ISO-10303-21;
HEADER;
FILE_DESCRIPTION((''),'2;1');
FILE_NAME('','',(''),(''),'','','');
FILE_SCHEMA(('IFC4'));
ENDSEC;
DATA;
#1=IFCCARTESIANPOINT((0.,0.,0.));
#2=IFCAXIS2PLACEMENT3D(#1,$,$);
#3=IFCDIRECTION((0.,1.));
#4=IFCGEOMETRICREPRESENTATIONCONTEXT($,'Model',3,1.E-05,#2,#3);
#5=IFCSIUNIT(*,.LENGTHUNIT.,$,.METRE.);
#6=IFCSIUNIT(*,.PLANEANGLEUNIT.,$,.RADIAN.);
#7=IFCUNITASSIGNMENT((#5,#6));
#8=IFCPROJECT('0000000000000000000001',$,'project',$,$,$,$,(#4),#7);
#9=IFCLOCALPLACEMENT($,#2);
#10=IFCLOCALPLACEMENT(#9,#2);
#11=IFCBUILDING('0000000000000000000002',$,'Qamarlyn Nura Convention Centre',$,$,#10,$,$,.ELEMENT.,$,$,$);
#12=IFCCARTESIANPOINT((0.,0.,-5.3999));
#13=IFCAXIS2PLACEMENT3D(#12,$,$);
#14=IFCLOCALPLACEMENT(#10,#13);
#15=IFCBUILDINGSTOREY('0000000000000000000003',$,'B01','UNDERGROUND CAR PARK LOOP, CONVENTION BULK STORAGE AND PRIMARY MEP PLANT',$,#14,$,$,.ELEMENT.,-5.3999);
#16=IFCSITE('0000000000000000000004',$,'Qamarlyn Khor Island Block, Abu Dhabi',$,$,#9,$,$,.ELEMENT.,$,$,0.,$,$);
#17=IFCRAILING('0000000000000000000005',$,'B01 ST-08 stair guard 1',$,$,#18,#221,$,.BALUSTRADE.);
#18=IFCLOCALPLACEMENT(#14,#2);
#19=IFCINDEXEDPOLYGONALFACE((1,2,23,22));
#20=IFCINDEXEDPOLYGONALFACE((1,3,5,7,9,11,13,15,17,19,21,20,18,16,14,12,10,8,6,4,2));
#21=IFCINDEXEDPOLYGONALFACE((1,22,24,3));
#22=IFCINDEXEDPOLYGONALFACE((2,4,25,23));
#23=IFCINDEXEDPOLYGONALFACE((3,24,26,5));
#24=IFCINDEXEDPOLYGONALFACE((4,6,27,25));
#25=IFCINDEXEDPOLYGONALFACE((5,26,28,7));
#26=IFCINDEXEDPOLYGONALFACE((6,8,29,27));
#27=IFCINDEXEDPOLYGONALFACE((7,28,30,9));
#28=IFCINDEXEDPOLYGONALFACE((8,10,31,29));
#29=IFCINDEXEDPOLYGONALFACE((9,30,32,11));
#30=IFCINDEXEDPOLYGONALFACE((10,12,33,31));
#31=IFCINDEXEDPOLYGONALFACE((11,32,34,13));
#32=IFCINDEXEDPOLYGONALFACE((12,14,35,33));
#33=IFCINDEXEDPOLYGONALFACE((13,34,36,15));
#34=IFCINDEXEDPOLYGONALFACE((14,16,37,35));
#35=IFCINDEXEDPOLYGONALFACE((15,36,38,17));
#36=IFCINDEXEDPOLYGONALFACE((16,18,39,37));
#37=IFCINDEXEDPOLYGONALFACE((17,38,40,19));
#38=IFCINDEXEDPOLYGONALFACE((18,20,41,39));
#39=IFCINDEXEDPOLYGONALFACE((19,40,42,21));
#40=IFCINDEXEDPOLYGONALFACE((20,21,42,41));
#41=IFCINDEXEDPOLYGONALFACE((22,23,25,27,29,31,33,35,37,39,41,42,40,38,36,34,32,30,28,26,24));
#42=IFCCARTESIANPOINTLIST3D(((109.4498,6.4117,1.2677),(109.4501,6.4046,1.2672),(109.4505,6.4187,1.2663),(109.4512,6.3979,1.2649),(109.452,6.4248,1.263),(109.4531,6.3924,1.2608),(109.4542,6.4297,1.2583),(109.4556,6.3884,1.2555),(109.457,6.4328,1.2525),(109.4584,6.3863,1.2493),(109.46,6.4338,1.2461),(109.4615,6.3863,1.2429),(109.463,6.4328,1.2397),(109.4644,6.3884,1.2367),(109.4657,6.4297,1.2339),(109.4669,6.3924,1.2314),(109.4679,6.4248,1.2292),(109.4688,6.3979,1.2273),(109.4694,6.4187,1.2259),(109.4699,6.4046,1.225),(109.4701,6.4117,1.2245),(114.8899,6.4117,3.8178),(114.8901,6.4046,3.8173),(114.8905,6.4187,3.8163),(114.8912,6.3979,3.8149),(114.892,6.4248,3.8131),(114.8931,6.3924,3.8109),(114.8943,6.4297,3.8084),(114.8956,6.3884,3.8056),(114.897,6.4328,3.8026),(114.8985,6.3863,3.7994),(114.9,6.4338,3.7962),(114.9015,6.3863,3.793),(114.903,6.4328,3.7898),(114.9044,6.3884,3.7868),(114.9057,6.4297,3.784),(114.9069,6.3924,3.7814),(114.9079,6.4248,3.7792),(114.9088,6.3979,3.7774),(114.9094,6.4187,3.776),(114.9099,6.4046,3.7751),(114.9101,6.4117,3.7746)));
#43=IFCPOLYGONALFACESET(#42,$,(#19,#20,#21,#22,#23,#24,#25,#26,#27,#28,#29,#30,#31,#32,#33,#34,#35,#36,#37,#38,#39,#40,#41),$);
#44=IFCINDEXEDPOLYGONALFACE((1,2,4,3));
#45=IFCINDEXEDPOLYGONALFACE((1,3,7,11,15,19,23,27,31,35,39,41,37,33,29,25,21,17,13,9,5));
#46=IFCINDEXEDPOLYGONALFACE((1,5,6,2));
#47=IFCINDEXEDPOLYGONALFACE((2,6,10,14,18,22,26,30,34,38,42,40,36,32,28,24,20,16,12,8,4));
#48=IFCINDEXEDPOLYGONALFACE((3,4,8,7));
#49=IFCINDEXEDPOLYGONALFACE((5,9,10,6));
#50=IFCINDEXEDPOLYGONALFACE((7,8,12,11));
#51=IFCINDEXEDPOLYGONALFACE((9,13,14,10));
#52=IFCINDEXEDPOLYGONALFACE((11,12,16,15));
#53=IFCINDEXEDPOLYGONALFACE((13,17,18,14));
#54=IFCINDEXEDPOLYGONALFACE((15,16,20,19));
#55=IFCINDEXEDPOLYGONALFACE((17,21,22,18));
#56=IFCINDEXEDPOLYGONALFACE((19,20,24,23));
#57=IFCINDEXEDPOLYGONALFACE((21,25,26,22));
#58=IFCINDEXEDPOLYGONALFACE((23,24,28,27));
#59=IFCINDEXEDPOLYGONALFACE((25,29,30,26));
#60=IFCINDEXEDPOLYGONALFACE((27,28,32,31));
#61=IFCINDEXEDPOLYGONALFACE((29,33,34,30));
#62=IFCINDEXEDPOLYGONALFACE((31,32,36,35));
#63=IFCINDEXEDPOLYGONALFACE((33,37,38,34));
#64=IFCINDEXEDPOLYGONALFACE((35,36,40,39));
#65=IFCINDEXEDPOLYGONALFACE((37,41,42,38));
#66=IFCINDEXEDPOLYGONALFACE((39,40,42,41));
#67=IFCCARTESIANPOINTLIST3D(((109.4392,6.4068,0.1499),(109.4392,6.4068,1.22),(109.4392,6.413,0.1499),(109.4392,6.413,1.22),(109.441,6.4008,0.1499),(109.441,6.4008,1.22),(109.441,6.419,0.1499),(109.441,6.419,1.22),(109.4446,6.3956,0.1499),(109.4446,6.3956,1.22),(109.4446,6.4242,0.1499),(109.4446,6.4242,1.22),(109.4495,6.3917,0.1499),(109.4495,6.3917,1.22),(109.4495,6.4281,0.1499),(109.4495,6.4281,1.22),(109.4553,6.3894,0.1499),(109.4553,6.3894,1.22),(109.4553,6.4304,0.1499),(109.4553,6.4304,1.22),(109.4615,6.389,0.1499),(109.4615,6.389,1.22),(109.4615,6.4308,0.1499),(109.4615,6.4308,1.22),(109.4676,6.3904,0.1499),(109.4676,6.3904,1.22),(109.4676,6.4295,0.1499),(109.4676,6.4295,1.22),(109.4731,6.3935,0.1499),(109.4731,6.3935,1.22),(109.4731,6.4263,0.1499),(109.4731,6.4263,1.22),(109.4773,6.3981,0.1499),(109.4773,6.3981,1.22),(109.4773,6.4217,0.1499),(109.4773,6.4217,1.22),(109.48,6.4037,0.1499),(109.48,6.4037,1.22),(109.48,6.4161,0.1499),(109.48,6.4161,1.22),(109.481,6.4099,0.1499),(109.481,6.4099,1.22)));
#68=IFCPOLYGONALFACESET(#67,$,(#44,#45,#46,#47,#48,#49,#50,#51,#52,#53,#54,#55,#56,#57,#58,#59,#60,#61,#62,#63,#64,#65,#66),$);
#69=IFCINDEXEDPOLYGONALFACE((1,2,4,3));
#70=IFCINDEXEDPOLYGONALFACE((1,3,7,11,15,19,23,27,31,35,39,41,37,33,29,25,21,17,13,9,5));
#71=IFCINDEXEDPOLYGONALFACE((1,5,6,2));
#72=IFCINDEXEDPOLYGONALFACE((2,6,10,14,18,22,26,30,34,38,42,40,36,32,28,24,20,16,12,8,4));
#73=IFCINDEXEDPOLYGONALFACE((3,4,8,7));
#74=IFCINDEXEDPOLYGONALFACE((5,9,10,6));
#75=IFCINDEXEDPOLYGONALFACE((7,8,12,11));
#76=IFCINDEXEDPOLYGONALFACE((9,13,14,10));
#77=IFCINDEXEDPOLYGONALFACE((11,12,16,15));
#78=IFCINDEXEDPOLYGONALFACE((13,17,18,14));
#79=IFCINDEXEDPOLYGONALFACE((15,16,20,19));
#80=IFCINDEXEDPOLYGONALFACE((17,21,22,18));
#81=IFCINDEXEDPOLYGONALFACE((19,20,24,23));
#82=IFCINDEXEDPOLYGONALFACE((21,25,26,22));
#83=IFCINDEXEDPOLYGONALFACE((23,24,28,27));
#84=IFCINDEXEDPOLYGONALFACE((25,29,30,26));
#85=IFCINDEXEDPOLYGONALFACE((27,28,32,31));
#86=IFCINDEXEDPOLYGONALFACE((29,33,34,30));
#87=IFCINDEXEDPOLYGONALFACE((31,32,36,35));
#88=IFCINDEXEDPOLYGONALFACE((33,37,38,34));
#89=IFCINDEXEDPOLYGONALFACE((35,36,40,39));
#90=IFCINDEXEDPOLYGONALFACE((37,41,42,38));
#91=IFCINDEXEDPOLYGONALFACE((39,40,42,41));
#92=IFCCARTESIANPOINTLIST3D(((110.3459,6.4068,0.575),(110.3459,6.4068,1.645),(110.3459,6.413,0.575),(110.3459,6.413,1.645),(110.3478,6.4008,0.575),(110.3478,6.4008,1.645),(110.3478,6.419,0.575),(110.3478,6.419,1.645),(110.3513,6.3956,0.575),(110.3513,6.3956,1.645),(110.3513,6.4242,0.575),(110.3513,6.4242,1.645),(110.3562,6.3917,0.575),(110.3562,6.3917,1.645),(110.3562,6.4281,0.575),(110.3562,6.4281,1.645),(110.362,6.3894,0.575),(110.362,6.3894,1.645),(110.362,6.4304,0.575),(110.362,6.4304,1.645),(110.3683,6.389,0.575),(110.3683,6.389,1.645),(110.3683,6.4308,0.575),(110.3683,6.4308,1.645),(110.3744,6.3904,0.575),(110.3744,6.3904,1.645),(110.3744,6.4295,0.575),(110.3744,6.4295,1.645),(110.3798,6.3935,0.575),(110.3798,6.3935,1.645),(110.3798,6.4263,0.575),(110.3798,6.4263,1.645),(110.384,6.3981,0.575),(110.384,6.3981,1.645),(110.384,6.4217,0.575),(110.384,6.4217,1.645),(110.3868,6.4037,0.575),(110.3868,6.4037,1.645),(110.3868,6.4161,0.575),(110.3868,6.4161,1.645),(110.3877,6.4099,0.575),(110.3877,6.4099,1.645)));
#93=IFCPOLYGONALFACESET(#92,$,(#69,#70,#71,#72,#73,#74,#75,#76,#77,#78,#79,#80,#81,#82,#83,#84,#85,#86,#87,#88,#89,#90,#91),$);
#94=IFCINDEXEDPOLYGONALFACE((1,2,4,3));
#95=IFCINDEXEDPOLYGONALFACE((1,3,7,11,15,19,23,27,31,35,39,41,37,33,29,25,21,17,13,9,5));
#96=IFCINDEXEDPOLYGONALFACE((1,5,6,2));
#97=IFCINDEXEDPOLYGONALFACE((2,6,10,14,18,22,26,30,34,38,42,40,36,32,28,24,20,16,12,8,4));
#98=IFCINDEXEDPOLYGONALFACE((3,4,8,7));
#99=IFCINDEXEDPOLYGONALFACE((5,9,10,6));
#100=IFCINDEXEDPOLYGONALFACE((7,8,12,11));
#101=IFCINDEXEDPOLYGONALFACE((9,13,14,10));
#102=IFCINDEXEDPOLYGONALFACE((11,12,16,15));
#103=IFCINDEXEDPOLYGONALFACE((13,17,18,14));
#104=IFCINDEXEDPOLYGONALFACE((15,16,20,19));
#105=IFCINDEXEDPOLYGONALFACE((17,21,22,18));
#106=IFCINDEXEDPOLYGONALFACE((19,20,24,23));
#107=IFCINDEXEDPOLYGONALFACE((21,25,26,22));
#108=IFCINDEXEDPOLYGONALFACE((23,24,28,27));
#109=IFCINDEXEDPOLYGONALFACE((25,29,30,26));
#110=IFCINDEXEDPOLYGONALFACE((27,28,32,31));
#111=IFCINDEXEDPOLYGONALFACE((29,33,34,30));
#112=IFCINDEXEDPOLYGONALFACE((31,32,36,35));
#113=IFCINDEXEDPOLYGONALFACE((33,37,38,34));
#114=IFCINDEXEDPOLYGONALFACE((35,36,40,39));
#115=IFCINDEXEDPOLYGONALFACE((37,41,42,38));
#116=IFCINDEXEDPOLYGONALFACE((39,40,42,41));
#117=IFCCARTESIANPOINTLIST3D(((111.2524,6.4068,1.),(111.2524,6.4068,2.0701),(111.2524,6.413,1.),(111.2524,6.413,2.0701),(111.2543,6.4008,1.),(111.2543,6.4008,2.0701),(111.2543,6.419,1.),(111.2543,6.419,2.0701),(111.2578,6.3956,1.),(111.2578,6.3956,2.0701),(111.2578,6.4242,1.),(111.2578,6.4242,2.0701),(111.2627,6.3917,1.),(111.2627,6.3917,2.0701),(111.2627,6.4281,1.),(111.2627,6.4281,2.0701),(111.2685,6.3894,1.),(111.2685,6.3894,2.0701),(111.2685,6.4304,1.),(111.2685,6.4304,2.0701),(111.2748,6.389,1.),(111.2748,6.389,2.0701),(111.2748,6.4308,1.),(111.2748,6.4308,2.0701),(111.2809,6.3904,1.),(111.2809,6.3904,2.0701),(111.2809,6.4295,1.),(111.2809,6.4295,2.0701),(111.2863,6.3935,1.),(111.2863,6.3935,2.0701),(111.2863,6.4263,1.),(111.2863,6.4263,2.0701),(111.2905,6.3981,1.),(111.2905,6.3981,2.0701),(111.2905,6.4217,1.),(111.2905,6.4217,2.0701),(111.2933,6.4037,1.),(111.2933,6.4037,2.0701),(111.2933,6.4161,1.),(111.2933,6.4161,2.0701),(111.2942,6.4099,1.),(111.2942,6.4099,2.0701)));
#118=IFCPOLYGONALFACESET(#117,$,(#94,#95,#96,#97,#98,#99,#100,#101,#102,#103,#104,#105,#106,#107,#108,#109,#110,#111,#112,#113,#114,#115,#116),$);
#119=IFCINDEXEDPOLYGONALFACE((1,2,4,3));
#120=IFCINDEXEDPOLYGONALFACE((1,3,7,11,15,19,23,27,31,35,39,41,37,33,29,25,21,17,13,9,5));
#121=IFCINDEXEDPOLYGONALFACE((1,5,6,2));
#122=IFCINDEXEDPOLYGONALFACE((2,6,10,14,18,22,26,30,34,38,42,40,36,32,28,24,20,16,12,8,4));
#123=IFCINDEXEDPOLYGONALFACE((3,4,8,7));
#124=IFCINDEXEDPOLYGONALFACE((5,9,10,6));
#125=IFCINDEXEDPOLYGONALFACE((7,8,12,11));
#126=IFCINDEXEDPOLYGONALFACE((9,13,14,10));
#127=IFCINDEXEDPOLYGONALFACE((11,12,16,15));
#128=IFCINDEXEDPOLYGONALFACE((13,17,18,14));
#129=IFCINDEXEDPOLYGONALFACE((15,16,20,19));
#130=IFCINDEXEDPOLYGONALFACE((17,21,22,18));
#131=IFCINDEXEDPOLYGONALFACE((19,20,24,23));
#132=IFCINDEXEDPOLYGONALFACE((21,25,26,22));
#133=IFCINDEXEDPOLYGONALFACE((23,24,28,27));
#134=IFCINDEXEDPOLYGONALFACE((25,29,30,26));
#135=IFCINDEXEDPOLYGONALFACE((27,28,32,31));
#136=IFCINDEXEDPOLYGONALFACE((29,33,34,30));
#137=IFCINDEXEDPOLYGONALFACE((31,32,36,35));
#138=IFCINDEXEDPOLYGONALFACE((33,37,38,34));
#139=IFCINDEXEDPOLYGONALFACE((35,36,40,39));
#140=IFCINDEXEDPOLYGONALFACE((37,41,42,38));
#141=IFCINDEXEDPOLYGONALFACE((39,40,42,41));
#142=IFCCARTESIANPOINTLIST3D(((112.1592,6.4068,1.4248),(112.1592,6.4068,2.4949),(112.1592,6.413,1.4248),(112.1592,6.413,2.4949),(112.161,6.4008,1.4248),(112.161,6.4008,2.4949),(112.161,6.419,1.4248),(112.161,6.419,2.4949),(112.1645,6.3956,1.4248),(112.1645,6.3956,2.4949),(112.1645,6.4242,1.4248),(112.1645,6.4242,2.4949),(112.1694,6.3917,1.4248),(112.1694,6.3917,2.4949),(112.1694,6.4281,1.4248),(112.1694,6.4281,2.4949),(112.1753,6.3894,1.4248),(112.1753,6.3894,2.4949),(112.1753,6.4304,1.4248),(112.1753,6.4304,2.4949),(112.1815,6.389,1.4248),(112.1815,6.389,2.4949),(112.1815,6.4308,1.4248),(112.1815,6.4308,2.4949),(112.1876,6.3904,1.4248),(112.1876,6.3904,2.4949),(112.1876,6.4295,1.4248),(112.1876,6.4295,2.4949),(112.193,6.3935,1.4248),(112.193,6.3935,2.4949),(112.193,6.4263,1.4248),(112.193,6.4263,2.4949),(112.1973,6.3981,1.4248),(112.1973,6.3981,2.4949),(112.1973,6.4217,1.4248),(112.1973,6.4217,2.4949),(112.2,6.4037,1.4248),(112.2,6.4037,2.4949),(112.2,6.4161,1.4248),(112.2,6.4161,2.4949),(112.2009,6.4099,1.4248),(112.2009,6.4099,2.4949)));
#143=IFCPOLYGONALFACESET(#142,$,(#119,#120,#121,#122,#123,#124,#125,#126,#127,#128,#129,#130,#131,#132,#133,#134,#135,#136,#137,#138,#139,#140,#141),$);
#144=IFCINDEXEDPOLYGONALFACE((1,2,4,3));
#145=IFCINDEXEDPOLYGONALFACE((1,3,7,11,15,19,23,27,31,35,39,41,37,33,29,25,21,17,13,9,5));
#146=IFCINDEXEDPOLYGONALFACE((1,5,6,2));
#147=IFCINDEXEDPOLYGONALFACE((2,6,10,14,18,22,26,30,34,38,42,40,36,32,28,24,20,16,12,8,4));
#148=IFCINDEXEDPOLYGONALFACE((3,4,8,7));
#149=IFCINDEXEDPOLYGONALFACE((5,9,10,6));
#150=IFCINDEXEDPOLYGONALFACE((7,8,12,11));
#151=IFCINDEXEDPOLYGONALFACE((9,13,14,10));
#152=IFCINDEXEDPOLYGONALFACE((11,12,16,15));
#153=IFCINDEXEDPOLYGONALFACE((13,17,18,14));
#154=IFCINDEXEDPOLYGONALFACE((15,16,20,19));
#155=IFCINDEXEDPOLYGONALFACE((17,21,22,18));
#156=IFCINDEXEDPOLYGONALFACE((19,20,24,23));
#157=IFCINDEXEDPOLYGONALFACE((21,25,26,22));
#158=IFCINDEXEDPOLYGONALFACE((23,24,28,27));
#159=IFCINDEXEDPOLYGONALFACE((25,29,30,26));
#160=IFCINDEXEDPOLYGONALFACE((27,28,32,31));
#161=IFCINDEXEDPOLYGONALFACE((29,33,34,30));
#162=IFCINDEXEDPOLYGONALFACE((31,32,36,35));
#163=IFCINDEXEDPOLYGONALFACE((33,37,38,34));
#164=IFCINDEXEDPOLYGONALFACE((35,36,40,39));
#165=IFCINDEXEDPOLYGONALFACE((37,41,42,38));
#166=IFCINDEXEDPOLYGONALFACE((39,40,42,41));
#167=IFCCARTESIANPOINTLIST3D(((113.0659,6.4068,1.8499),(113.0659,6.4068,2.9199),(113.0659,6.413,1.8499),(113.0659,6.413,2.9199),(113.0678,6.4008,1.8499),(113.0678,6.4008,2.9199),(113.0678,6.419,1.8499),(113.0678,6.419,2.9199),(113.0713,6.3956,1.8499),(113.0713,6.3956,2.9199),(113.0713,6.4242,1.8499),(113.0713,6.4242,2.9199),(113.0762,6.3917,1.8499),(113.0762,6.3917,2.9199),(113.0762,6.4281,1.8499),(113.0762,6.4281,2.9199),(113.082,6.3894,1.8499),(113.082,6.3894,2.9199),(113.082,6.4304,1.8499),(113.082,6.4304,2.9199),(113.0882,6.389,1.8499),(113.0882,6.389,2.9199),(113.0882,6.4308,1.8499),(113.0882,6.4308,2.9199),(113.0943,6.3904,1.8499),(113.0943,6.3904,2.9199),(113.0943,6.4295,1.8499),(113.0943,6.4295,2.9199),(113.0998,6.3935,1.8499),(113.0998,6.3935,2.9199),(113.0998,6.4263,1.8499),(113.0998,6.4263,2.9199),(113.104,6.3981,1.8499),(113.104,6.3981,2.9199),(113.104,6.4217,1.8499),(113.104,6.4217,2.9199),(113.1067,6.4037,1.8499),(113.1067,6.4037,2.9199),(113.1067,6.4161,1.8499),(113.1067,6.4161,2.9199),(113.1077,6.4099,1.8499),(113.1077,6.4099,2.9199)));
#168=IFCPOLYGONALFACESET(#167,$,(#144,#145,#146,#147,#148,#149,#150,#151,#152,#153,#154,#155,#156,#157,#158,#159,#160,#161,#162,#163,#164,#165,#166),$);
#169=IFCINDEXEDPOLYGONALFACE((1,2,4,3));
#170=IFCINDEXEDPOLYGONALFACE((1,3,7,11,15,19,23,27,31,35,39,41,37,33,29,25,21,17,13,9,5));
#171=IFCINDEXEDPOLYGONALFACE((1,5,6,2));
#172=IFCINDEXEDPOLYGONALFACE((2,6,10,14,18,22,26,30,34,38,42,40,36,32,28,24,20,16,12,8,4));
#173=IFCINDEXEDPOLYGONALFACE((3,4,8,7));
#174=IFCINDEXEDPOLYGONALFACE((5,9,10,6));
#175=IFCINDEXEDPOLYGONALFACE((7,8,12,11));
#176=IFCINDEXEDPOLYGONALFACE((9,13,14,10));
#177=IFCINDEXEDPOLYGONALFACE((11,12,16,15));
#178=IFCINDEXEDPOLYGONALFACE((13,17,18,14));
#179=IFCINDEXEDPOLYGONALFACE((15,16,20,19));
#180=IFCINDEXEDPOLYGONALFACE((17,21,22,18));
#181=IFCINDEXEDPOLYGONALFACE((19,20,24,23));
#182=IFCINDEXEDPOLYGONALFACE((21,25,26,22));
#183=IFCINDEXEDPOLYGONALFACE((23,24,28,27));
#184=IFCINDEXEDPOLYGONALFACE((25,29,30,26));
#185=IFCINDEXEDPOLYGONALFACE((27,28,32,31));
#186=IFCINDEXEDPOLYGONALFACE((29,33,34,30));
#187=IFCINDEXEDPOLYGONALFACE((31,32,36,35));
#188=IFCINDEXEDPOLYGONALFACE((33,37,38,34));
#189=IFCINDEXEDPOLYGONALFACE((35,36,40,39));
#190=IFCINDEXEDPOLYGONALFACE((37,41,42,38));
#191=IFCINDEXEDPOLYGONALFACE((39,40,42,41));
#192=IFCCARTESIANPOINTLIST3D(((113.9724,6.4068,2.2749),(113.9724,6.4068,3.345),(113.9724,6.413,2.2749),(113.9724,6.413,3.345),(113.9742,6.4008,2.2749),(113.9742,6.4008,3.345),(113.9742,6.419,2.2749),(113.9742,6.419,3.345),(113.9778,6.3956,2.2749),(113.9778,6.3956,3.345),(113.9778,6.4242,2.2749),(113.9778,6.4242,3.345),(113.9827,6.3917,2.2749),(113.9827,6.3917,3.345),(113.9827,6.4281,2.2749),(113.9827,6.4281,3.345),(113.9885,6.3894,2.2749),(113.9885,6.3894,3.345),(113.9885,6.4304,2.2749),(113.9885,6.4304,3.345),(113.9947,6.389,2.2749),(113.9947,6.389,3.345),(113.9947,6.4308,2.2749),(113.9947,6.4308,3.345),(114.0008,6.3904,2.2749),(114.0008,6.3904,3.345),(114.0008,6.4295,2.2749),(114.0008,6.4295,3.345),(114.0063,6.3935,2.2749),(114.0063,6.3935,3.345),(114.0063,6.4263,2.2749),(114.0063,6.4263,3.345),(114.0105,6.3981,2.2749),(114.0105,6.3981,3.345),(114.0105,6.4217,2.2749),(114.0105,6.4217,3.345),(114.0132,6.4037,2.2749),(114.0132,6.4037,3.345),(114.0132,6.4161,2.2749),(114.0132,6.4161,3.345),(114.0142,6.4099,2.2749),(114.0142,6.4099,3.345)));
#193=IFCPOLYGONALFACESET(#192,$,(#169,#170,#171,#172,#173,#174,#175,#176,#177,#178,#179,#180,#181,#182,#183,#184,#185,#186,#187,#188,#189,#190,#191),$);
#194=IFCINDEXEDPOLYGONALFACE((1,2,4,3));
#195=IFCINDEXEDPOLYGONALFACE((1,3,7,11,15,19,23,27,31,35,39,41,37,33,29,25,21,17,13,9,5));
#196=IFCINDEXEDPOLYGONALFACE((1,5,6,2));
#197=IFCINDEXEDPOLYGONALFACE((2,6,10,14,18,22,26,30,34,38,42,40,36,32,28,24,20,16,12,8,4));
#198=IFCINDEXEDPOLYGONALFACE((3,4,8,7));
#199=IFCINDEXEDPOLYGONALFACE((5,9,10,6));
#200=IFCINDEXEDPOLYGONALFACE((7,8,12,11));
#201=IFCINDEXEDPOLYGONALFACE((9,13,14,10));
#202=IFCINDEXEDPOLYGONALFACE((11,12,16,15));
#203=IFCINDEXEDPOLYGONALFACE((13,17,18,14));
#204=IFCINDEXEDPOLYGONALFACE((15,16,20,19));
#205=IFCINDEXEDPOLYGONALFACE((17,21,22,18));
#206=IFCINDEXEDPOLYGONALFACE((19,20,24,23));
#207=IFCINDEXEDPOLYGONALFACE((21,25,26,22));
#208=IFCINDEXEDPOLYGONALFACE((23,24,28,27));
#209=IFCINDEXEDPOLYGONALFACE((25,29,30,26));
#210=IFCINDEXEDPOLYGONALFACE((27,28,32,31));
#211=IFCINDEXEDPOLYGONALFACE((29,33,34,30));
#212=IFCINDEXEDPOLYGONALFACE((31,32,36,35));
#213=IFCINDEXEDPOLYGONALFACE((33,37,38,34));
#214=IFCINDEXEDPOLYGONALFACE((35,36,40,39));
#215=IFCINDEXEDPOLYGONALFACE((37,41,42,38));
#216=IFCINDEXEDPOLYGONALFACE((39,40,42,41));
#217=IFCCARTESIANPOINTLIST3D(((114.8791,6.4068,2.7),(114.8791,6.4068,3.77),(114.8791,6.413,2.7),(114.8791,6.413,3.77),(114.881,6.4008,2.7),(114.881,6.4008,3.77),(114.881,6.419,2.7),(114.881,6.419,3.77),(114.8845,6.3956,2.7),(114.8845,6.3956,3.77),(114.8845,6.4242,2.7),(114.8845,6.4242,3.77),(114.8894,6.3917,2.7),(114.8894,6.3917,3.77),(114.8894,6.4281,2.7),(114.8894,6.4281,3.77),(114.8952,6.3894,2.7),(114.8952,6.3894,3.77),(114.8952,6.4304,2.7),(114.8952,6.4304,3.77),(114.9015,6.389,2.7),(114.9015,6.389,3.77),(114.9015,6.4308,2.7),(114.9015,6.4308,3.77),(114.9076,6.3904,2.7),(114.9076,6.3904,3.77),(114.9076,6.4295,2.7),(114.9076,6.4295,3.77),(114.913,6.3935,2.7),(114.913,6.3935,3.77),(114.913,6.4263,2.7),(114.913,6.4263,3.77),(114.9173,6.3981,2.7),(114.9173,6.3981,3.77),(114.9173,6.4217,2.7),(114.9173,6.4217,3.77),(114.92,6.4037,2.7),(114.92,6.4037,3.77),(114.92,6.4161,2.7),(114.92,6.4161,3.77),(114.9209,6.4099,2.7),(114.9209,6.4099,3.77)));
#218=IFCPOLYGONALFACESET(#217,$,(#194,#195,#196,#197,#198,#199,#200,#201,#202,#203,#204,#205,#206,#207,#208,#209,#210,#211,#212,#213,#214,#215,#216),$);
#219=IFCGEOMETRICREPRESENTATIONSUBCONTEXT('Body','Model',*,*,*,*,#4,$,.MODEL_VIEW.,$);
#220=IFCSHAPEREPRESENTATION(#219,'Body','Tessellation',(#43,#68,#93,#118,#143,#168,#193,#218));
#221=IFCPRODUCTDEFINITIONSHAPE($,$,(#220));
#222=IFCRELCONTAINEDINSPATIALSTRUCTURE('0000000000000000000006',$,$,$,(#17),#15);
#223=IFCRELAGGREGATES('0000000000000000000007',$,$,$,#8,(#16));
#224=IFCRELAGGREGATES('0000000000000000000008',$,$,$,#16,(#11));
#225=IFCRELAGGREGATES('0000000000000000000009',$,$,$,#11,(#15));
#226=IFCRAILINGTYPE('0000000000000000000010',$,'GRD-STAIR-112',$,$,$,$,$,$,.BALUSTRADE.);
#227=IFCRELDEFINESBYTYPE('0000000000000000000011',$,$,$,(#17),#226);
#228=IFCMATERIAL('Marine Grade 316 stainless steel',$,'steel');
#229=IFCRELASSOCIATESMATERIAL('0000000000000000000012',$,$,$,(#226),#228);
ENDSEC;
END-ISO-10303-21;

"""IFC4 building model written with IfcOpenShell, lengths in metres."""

from ifc_helpers import new_model, si_unit, direction, frame, origin, origin_2d, place, context, subcontext, project, spatial, circle, extrude, material, type_object, element, save


model = new_model("IFC4")

# Units and contexts
model_context = context("Model", 3, precision=1e-05, world=origin(), true_north=direction((0.0, 1.0)))
body_context = subcontext(model_context, "Body", "Model", "MODEL_VIEW")
ifc_project = project(units=[si_unit("LENGTHUNIT", "METRE"), si_unit("PLANEANGLEUNIT", "RADIAN")], contexts=[model_context])

# Site, building, storey
site_placement = place(None, origin())
site = spatial("IfcSite", under=ifc_project, at=site_placement, Name="Qamarlyn Khor Island Block, Abu Dhabi", CompositionType="ELEMENT", RefElevation=0.0)
building_placement = place(site_placement, origin())
building = spatial("IfcBuilding", under=site, at=building_placement, Name="Qamarlyn Nura Convention Centre", CompositionType="ELEMENT")
storey_placement = place(building_placement, frame((0.0, 0.0, -5.3999)))
storey = spatial("IfcBuildingStorey", under=building, at=storey_placement, Name="B01", Description="UNDERGROUND CAR PARK LOOP, CONVENTION BULK STORAGE AND PRIMARY MEP PLANT", CompositionType="ELEMENT", Elevation=-5.3999)

# Railing
ifc_material_1 = material(Name="Marine Grade 316 stainless steel", Category="steel")
railing_type_1 = type_object("IfcRailingType", Name="GRD-STAIR-112", PredefinedType="BALUSTRADE", material=ifc_material_1)
railing_1_placement = place(storey_placement, frame((109.46, 6.4099, 0.1499)))
element("IfcRailing", 1, at=railing_1_placement, inside=storey, type_object=railing_type_1, Name="B01 ST-08 stair guard 1", PredefinedType="BALUSTRADE", context=body_context, shape_type="SweptSolid", body=[
    extrude(circle(Radius=0.0239, at=origin_2d()), frame((0.0, 0.0, 1.0962), z_axis=(0.905454, 0.0, 0.424444), x_axis=(0.0, 1.0, 0.0)), (0.0, 0.0, 1.0), 6.0081),
    extrude(circle(Radius=0.021, at=origin_2d()), origin(), (0.0, 0.0, 1.0), 1.0701),
    extrude(circle(Radius=0.021, at=origin_2d()), frame((0.9067, 0.0, 0.425)), (0.0, 0.0, 1.0), 1.0701),
    extrude(circle(Radius=0.021, at=origin_2d()), frame((1.8132, 0.0, 0.8501)), (0.0, 0.0, 1.0), 1.0701),
    extrude(circle(Radius=0.021, at=origin_2d()), frame((2.72, 0.0, 1.2749)), (0.0, 0.0, 1.0), 1.0701),
    extrude(circle(Radius=0.021, at=origin_2d()), frame((3.6267, 0.0, 1.7)), (0.0, 0.0, 1.0), 1.0701),
    extrude(circle(Radius=0.021, at=origin_2d()), frame((4.5332, 0.0, 2.125)), (0.0, 0.0, 1.0), 1.0701),
    extrude(circle(Radius=0.021, at=origin_2d()), frame((5.4399, 0.0, 2.55)), (0.0, 0.0, 1.0), 1.0701),
])

save(model, "model.ifc")
